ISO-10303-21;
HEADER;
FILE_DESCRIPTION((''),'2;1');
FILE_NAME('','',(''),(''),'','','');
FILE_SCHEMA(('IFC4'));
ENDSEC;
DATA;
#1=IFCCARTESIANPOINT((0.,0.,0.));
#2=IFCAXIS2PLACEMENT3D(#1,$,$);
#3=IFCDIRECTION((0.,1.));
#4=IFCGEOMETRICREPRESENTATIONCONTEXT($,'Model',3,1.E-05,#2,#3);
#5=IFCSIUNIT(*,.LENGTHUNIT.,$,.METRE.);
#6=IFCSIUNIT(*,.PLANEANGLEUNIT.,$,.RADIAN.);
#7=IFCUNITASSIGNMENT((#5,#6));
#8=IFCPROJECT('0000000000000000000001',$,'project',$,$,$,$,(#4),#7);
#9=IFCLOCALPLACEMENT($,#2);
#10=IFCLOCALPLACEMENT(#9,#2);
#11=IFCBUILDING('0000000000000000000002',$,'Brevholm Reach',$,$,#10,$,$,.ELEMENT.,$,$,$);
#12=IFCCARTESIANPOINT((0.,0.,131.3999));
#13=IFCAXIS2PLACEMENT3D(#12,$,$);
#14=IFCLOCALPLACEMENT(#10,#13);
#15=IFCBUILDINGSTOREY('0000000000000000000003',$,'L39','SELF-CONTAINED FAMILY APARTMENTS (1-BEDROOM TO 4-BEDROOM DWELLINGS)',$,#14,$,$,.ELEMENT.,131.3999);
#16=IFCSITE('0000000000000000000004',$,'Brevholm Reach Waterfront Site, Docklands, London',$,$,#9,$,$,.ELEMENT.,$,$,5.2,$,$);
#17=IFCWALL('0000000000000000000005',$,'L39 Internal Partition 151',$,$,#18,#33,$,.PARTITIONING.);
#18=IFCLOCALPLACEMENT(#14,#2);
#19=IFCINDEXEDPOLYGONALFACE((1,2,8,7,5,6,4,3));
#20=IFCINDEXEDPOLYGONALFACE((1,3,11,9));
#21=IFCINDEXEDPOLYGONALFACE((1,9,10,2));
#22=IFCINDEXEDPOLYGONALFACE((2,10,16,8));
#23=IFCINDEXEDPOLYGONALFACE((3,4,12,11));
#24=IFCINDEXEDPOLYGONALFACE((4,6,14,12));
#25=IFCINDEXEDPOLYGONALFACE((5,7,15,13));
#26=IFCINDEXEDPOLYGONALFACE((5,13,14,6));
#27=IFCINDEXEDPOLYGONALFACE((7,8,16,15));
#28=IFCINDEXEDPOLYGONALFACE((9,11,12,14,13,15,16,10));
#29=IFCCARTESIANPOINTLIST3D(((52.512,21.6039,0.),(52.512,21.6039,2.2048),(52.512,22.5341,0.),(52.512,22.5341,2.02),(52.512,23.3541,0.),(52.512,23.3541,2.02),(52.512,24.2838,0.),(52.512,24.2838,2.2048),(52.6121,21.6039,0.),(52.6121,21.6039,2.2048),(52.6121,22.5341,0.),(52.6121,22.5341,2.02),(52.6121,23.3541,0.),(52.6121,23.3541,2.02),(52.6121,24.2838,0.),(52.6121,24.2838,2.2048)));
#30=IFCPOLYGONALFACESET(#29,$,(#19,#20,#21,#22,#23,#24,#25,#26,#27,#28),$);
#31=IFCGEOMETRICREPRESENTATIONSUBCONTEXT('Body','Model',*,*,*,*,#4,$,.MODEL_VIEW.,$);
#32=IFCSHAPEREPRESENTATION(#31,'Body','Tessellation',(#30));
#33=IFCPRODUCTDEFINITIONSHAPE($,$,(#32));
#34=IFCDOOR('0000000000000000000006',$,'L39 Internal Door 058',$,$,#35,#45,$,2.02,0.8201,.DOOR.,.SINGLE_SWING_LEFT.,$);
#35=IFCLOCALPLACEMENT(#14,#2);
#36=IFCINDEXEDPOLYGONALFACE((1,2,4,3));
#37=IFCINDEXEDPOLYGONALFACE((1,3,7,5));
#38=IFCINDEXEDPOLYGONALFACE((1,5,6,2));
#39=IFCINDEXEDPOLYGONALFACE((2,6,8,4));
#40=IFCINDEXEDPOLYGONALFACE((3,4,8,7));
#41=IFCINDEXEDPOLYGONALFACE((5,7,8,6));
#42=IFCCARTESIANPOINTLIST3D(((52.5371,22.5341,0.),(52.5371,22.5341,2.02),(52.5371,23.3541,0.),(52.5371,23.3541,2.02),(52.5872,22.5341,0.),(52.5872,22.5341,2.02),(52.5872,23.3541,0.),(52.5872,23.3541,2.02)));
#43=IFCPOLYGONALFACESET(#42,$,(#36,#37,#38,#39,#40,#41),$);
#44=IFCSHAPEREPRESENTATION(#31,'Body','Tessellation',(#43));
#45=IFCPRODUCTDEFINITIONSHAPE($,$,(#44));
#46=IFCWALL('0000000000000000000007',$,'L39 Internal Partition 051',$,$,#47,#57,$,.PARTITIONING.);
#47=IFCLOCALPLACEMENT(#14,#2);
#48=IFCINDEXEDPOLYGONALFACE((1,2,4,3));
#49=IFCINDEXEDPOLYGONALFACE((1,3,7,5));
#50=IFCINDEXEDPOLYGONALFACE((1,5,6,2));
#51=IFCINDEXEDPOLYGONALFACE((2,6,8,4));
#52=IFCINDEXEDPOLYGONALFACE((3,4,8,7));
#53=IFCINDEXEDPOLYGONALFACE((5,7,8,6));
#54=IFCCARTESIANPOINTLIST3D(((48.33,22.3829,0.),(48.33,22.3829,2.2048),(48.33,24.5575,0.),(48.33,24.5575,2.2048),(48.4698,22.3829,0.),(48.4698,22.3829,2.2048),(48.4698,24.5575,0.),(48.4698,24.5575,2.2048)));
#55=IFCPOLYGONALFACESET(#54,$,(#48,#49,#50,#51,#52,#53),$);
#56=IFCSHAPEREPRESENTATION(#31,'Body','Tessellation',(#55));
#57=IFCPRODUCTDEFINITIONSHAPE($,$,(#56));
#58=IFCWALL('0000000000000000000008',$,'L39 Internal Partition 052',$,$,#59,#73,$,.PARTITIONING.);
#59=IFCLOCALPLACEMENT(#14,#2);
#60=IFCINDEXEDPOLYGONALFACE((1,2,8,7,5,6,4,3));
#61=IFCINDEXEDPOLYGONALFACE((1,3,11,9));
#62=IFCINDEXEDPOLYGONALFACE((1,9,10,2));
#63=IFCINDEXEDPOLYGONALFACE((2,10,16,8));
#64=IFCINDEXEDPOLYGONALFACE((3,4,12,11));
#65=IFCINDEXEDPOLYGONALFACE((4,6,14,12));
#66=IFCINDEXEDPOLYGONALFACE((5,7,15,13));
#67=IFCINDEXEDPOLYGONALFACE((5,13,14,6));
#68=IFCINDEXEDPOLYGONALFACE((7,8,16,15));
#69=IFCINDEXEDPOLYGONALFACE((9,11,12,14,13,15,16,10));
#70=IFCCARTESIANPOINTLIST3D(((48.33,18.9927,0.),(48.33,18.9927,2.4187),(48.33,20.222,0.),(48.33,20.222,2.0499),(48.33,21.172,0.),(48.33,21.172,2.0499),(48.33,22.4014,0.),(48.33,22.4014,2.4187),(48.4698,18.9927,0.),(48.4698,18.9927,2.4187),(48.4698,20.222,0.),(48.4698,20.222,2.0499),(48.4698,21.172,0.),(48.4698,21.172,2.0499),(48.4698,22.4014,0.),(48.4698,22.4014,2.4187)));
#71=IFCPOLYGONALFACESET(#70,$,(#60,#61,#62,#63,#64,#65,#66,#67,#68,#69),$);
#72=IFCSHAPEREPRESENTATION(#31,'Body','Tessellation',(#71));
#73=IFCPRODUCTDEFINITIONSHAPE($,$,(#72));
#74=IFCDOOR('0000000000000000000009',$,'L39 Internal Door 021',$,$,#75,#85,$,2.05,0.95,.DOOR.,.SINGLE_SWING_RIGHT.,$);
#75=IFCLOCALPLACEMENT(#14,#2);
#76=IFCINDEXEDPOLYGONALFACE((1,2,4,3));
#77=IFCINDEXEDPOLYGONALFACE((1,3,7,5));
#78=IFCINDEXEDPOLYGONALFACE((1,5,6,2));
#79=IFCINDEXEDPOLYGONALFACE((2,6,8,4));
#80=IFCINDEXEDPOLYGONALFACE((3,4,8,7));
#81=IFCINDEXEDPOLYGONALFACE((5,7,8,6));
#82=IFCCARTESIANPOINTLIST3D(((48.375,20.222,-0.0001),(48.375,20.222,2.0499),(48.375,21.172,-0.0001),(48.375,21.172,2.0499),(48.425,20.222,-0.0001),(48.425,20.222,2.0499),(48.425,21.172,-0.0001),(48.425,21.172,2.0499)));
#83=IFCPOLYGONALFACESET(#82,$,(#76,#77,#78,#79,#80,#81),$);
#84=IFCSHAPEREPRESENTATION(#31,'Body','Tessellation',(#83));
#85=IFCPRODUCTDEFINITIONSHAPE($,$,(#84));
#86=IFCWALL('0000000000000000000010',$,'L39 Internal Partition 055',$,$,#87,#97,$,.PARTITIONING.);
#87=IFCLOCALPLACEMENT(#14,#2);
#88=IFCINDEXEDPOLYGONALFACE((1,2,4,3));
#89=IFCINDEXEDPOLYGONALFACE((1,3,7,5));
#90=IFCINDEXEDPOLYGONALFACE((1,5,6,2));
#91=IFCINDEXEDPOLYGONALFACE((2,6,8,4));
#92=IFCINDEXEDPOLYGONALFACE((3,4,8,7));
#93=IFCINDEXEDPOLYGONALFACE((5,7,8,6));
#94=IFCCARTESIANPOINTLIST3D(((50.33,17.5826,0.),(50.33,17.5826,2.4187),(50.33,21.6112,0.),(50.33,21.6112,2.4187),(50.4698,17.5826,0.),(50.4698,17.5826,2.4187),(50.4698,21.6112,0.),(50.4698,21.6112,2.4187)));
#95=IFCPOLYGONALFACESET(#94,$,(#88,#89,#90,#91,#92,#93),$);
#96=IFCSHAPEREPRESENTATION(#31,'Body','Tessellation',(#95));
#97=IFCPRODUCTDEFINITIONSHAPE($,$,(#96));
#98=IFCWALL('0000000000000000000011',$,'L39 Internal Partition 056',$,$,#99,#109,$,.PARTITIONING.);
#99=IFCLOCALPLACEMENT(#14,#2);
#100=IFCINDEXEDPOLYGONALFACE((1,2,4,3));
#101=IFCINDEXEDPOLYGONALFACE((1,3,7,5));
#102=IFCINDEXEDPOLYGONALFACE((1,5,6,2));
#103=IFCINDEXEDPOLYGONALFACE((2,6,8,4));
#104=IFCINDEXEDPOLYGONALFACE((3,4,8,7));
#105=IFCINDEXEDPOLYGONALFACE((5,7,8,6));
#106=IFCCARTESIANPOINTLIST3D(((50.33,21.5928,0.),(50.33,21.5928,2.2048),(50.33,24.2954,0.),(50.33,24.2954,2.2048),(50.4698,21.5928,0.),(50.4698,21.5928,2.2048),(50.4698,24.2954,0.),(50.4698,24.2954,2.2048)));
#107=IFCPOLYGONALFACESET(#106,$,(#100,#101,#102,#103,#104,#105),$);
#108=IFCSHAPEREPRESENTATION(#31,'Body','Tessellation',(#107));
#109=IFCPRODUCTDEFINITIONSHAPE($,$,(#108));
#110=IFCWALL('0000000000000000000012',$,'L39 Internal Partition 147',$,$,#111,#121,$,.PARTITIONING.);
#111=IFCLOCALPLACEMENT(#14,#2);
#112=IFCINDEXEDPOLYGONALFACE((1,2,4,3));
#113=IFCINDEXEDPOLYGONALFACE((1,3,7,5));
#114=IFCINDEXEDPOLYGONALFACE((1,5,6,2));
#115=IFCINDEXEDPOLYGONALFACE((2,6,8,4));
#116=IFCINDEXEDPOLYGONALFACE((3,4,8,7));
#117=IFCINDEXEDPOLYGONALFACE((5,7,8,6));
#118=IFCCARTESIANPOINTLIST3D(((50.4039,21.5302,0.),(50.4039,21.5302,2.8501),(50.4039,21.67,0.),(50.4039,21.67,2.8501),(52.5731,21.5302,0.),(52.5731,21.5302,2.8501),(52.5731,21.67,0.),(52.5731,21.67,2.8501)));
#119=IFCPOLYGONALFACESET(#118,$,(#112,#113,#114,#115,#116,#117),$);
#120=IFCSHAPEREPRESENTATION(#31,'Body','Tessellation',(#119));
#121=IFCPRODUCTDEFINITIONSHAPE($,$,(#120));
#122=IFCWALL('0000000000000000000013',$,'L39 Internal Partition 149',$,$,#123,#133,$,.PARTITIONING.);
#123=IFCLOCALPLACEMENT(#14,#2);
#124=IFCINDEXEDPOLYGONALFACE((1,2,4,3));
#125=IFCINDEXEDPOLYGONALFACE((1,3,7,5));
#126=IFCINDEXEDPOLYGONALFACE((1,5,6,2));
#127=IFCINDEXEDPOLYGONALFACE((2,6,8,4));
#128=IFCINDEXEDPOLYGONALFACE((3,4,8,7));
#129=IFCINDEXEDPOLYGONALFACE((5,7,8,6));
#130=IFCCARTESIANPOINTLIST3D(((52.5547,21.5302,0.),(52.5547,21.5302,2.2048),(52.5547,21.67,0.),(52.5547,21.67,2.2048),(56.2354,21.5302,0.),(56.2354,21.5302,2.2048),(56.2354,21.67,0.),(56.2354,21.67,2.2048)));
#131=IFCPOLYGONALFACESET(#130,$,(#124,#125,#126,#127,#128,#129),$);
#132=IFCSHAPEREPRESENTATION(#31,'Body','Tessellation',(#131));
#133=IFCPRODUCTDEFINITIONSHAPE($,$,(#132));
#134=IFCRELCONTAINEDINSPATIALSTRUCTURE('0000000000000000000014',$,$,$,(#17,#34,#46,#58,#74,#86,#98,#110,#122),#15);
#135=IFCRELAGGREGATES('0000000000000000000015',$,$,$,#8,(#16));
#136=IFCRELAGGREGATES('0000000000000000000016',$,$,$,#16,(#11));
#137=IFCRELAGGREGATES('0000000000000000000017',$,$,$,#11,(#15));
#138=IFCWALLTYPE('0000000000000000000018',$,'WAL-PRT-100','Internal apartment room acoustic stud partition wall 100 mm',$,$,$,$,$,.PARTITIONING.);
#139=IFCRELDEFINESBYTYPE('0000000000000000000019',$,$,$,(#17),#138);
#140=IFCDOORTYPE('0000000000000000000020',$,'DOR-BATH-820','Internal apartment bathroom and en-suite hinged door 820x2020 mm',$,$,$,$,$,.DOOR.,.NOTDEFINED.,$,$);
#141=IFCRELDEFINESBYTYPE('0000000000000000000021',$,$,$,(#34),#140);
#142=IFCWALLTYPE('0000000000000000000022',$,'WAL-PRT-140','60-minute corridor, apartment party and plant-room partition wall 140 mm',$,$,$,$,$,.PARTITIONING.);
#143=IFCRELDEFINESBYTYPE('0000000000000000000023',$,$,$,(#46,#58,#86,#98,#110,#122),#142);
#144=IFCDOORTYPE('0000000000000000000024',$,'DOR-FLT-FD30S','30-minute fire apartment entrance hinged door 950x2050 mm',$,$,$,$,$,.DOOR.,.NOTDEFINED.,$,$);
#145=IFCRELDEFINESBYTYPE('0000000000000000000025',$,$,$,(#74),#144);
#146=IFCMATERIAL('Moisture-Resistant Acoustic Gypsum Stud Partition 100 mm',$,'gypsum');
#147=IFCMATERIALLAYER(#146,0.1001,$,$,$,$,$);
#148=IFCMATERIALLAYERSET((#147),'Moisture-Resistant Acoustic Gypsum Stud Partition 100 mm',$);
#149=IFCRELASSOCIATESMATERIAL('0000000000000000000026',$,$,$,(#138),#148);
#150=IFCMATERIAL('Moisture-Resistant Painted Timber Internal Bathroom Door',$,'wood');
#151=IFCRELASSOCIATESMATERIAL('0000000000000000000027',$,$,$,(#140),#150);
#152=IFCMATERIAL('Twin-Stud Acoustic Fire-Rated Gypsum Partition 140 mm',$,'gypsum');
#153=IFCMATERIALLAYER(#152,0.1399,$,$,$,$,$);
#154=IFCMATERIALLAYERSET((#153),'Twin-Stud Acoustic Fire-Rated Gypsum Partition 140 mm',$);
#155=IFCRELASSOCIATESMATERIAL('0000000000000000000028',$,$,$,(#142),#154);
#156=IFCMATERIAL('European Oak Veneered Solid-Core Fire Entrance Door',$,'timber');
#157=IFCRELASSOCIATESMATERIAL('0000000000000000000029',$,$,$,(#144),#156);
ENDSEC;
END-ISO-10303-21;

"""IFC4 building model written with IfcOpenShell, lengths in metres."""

from ifc_helpers import new_model, si_unit, direction, frame, frame_2d, origin, place, context, subcontext, project, spatial, rectangle, extrude, material, layer, layer_set, type_object, element, fill, save


model = new_model("IFC4")

# Units and contexts
model_context = context("Model", 3, precision=1e-05, world=origin(), true_north=direction((0.0, 1.0)))
body_context = subcontext(model_context, "Body", "Model", "MODEL_VIEW")
ifc_project = project(units=[si_unit("LENGTHUNIT", "METRE"), si_unit("PLANEANGLEUNIT", "RADIAN")], contexts=[model_context])

# Site, building, storey
site_placement = place(None, origin())
site = spatial("IfcSite", under=ifc_project, at=site_placement, Name="Brevholm Reach Waterfront Site, Docklands, London", CompositionType="ELEMENT", RefElevation=5.2)
building_placement = place(site_placement, origin())
building = spatial("IfcBuilding", under=site, at=building_placement, Name="Brevholm Reach", CompositionType="ELEMENT")
storey_placement = place(building_placement, frame((0.0, 0.0, 131.3999)))
storey = spatial("IfcBuildingStorey", under=building, at=storey_placement, Name="L39", Description="SELF-CONTAINED FAMILY APARTMENTS (1-BEDROOM TO 4-BEDROOM DWELLINGS)", CompositionType="ELEMENT", Elevation=131.3999)

# Shared definitions
ifc_material_1 = material(Name="Moisture-Resistant Acoustic Gypsum Stud Partition 100 mm", Category="gypsum")
ifc_layer_1 = layer(ifc_material_1, 0.1001)
ifc_layer_set_1 = layer_set([ifc_layer_1], Name="Moisture-Resistant Acoustic Gypsum Stud Partition 100 mm")
wall_type_1 = type_object("IfcWallType", Name="WAL-PRT-100", Description="Internal apartment room acoustic stud partition wall 100 mm", PredefinedType="PARTITIONING", material=ifc_layer_set_1)

# Wall, opening, door
wall_1_placement = place(storey_placement, frame((52.562, 21.604, 0.0), z_axis=(0.0, 0.0, 1.0), x_axis=(0.0, 1.0, 0.0)))
wall_1 = element("IfcWall", 1, at=wall_1_placement, inside=storey, type_object=wall_type_1, Name="L39 Internal Partition 151", PredefinedType="PARTITIONING", context=body_context, shape_type="SweptSolid", body=[
    extrude(rectangle(XDim=2.6799, YDim=0.1001, at=frame_2d((1.3398, 0.0))), origin(), (0.0, 0.0, 1.0), 2.2048),
])
opening_1_placement = place(wall_1_placement, frame((0.9299, 0.0, 0.0)))
opening_1 = element("IfcOpeningElement", 2, at=opening_1_placement, cuts=wall_1, PredefinedType="OPENING", context=body_context, shape_type="SweptSolid", body=[
    extrude(rectangle(XDim=0.8201, YDim=2.02, at=frame_2d((0.4102, 1.01))), frame((0.0, 0.0601, 0.0), z_axis=(0.0, -1.0, 0.0), x_axis=(1.0, 0.0, 0.0)), (0.0, 0.0, 1.0), 0.1201),
])
ifc_material_2 = material(Name="Moisture-Resistant Painted Timber Internal Bathroom Door", Category="wood")
door_type_1 = type_object("IfcDoorType", Name="DOR-BATH-820", Description="Internal apartment bathroom and en-suite hinged door 820x2020 mm", OperationType="NOTDEFINED", PredefinedType="DOOR", material=ifc_material_2)
door_1_placement = place(opening_1_placement, origin())
door_1 = element("IfcDoor", 3, at=door_1_placement, inside=storey, type_object=door_type_1, Name="L39 Internal Door 058", OperationType="SINGLE_SWING_LEFT", OverallHeight=2.02, OverallWidth=0.8201, PredefinedType="DOOR", context=body_context, shape_type="SweptSolid", body=[
    extrude(rectangle(XDim=0.8201, YDim=2.02, at=frame_2d((0.4102, 1.01))), frame((0.0, 0.0249, 0.0), z_axis=(0.0, -1.0, 0.0), x_axis=(1.0, 0.0, 0.0)), (0.0, 0.0, 1.0), 0.05),
])
fill(opening_1, door_1)

# Wall
ifc_material_3 = material(Name="Twin-Stud Acoustic Fire-Rated Gypsum Partition 140 mm", Category="gypsum")
ifc_layer_2 = layer(ifc_material_3, 0.1399)
ifc_layer_set_2 = layer_set([ifc_layer_2], Name="Twin-Stud Acoustic Fire-Rated Gypsum Partition 140 mm")
wall_type_2 = type_object("IfcWallType", Name="WAL-PRT-140", Description="60-minute corridor, apartment party and plant-room partition wall 140 mm", PredefinedType="PARTITIONING", material=ifc_layer_set_2)
wall_2_placement = place(storey_placement, frame((48.3999, 22.3828, 0.0), z_axis=(0.0, 0.0, 1.0), x_axis=(0.0, 1.0, 0.0)))
element("IfcWall", 4, at=wall_2_placement, inside=storey, type_object=wall_type_2, Name="L39 Internal Partition 051", PredefinedType="PARTITIONING", context=body_context, shape_type="SweptSolid", body=[
    extrude(rectangle(XDim=2.1746, YDim=0.1399, at=frame_2d((1.0874, 0.0))), origin(), (0.0, 0.0, 1.0), 2.2048),
])

# Wall, opening, door
wall_3_placement = place(storey_placement, frame((48.3999, 18.9927, 0.0), z_axis=(0.0, 0.0, 1.0), x_axis=(0.0, 1.0, 0.0)))
wall_3 = element("IfcWall", 5, at=wall_3_placement, inside=storey, type_object=wall_type_2, Name="L39 Internal Partition 052", PredefinedType="PARTITIONING", context=body_context, shape_type="SweptSolid", body=[
    extrude(rectangle(XDim=3.4087, YDim=0.1399, at=frame_2d((1.7043, 0.0))), origin(), (0.0, 0.0, 1.0), 2.4187),
])
opening_2_placement = place(wall_3_placement, frame((1.2292, 0.0, 0.0)))
opening_2 = element("IfcOpeningElement", 6, at=opening_2_placement, cuts=wall_3, PredefinedType="OPENING", context=body_context, shape_type="SweptSolid", body=[
    extrude(rectangle(XDim=0.95, YDim=2.05, at=frame_2d((0.4751, 1.0249))), frame((0.0, 0.0798, 0.0), z_axis=(0.0, -1.0, 0.0), x_axis=(1.0, 0.0, 0.0)), (0.0, 0.0, 1.0), 0.1599),
])
ifc_material_4 = material(Name="European Oak Veneered Solid-Core Fire Entrance Door", Category="timber")
door_type_2 = type_object("IfcDoorType", Name="DOR-FLT-FD30S", Description="30-minute fire apartment entrance hinged door 950x2050 mm", OperationType="NOTDEFINED", PredefinedType="DOOR", material=ifc_material_4)
door_2_placement = place(opening_2_placement, origin())
door_2 = element("IfcDoor", 7, at=door_2_placement, inside=storey, type_object=door_type_2, Name="L39 Internal Door 021", OperationType="SINGLE_SWING_RIGHT", OverallHeight=2.05, OverallWidth=0.95, PredefinedType="DOOR", context=body_context, shape_type="SweptSolid", body=[
    extrude(rectangle(XDim=0.95, YDim=2.05, at=frame_2d((0.4751, 1.0249))), frame((0.0, 0.0249, 0.0), z_axis=(0.0, -1.0, 0.0), x_axis=(1.0, 0.0, 0.0)), (0.0, 0.0, 1.0), 0.05),
])
fill(opening_2, door_2)

# Walls
wall_4_placement = place(storey_placement, frame((50.3999, 17.5828, 0.0), z_axis=(0.0, 0.0, 1.0), x_axis=(0.0, 1.0, 0.0)))
element("IfcWall", 8, at=wall_4_placement, inside=storey, type_object=wall_type_2, Name="L39 Internal Partition 055", PredefinedType="PARTITIONING", context=body_context, shape_type="SweptSolid", body=[
    extrude(rectangle(XDim=4.0286, YDim=0.1399, at=frame_2d((2.0142, 0.0))), origin(), (0.0, 0.0, 1.0), 2.4187),
])
wall_5_placement = place(storey_placement, frame((50.3999, 21.5928, 0.0), z_axis=(0.0, 0.0, 1.0), x_axis=(0.0, 1.0, 0.0)))
element("IfcWall", 9, at=wall_5_placement, inside=storey, type_object=wall_type_2, Name="L39 Internal Partition 056", PredefinedType="PARTITIONING", context=body_context, shape_type="SweptSolid", body=[
    extrude(rectangle(XDim=2.7026, YDim=0.1399, at=frame_2d((1.3513, 0.0))), origin(), (0.0, 0.0, 1.0), 2.2048),
])
wall_6_placement = place(storey_placement, frame((50.4041, 21.6001, 0.0), z_axis=(0.0, 0.0, 1.0), x_axis=(1.0, 0.0, 0.0)))
element("IfcWall", 10, at=wall_6_placement, inside=storey, type_object=wall_type_2, Name="L39 Internal Partition 147", PredefinedType="PARTITIONING", context=body_context, shape_type="SweptSolid", body=[
    extrude(rectangle(XDim=2.1692, YDim=0.1399, at=frame_2d((1.0845, 0.0))), origin(), (0.0, 0.0, 1.0), 2.8501),
])
wall_7_placement = place(storey_placement, frame((52.5547, 21.6001, 0.0), z_axis=(0.0, 0.0, 1.0), x_axis=(1.0, 0.0, 0.0)))
element("IfcWall", 11, at=wall_7_placement, inside=storey, type_object=wall_type_2, Name="L39 Internal Partition 149", PredefinedType="PARTITIONING", context=body_context, shape_type="SweptSolid", body=[
    extrude(rectangle(XDim=3.6807, YDim=0.1399, at=frame_2d((1.8403, 0.0))), origin(), (0.0, 0.0, 1.0), 2.2048),
])

save(model, "model.ifc")
